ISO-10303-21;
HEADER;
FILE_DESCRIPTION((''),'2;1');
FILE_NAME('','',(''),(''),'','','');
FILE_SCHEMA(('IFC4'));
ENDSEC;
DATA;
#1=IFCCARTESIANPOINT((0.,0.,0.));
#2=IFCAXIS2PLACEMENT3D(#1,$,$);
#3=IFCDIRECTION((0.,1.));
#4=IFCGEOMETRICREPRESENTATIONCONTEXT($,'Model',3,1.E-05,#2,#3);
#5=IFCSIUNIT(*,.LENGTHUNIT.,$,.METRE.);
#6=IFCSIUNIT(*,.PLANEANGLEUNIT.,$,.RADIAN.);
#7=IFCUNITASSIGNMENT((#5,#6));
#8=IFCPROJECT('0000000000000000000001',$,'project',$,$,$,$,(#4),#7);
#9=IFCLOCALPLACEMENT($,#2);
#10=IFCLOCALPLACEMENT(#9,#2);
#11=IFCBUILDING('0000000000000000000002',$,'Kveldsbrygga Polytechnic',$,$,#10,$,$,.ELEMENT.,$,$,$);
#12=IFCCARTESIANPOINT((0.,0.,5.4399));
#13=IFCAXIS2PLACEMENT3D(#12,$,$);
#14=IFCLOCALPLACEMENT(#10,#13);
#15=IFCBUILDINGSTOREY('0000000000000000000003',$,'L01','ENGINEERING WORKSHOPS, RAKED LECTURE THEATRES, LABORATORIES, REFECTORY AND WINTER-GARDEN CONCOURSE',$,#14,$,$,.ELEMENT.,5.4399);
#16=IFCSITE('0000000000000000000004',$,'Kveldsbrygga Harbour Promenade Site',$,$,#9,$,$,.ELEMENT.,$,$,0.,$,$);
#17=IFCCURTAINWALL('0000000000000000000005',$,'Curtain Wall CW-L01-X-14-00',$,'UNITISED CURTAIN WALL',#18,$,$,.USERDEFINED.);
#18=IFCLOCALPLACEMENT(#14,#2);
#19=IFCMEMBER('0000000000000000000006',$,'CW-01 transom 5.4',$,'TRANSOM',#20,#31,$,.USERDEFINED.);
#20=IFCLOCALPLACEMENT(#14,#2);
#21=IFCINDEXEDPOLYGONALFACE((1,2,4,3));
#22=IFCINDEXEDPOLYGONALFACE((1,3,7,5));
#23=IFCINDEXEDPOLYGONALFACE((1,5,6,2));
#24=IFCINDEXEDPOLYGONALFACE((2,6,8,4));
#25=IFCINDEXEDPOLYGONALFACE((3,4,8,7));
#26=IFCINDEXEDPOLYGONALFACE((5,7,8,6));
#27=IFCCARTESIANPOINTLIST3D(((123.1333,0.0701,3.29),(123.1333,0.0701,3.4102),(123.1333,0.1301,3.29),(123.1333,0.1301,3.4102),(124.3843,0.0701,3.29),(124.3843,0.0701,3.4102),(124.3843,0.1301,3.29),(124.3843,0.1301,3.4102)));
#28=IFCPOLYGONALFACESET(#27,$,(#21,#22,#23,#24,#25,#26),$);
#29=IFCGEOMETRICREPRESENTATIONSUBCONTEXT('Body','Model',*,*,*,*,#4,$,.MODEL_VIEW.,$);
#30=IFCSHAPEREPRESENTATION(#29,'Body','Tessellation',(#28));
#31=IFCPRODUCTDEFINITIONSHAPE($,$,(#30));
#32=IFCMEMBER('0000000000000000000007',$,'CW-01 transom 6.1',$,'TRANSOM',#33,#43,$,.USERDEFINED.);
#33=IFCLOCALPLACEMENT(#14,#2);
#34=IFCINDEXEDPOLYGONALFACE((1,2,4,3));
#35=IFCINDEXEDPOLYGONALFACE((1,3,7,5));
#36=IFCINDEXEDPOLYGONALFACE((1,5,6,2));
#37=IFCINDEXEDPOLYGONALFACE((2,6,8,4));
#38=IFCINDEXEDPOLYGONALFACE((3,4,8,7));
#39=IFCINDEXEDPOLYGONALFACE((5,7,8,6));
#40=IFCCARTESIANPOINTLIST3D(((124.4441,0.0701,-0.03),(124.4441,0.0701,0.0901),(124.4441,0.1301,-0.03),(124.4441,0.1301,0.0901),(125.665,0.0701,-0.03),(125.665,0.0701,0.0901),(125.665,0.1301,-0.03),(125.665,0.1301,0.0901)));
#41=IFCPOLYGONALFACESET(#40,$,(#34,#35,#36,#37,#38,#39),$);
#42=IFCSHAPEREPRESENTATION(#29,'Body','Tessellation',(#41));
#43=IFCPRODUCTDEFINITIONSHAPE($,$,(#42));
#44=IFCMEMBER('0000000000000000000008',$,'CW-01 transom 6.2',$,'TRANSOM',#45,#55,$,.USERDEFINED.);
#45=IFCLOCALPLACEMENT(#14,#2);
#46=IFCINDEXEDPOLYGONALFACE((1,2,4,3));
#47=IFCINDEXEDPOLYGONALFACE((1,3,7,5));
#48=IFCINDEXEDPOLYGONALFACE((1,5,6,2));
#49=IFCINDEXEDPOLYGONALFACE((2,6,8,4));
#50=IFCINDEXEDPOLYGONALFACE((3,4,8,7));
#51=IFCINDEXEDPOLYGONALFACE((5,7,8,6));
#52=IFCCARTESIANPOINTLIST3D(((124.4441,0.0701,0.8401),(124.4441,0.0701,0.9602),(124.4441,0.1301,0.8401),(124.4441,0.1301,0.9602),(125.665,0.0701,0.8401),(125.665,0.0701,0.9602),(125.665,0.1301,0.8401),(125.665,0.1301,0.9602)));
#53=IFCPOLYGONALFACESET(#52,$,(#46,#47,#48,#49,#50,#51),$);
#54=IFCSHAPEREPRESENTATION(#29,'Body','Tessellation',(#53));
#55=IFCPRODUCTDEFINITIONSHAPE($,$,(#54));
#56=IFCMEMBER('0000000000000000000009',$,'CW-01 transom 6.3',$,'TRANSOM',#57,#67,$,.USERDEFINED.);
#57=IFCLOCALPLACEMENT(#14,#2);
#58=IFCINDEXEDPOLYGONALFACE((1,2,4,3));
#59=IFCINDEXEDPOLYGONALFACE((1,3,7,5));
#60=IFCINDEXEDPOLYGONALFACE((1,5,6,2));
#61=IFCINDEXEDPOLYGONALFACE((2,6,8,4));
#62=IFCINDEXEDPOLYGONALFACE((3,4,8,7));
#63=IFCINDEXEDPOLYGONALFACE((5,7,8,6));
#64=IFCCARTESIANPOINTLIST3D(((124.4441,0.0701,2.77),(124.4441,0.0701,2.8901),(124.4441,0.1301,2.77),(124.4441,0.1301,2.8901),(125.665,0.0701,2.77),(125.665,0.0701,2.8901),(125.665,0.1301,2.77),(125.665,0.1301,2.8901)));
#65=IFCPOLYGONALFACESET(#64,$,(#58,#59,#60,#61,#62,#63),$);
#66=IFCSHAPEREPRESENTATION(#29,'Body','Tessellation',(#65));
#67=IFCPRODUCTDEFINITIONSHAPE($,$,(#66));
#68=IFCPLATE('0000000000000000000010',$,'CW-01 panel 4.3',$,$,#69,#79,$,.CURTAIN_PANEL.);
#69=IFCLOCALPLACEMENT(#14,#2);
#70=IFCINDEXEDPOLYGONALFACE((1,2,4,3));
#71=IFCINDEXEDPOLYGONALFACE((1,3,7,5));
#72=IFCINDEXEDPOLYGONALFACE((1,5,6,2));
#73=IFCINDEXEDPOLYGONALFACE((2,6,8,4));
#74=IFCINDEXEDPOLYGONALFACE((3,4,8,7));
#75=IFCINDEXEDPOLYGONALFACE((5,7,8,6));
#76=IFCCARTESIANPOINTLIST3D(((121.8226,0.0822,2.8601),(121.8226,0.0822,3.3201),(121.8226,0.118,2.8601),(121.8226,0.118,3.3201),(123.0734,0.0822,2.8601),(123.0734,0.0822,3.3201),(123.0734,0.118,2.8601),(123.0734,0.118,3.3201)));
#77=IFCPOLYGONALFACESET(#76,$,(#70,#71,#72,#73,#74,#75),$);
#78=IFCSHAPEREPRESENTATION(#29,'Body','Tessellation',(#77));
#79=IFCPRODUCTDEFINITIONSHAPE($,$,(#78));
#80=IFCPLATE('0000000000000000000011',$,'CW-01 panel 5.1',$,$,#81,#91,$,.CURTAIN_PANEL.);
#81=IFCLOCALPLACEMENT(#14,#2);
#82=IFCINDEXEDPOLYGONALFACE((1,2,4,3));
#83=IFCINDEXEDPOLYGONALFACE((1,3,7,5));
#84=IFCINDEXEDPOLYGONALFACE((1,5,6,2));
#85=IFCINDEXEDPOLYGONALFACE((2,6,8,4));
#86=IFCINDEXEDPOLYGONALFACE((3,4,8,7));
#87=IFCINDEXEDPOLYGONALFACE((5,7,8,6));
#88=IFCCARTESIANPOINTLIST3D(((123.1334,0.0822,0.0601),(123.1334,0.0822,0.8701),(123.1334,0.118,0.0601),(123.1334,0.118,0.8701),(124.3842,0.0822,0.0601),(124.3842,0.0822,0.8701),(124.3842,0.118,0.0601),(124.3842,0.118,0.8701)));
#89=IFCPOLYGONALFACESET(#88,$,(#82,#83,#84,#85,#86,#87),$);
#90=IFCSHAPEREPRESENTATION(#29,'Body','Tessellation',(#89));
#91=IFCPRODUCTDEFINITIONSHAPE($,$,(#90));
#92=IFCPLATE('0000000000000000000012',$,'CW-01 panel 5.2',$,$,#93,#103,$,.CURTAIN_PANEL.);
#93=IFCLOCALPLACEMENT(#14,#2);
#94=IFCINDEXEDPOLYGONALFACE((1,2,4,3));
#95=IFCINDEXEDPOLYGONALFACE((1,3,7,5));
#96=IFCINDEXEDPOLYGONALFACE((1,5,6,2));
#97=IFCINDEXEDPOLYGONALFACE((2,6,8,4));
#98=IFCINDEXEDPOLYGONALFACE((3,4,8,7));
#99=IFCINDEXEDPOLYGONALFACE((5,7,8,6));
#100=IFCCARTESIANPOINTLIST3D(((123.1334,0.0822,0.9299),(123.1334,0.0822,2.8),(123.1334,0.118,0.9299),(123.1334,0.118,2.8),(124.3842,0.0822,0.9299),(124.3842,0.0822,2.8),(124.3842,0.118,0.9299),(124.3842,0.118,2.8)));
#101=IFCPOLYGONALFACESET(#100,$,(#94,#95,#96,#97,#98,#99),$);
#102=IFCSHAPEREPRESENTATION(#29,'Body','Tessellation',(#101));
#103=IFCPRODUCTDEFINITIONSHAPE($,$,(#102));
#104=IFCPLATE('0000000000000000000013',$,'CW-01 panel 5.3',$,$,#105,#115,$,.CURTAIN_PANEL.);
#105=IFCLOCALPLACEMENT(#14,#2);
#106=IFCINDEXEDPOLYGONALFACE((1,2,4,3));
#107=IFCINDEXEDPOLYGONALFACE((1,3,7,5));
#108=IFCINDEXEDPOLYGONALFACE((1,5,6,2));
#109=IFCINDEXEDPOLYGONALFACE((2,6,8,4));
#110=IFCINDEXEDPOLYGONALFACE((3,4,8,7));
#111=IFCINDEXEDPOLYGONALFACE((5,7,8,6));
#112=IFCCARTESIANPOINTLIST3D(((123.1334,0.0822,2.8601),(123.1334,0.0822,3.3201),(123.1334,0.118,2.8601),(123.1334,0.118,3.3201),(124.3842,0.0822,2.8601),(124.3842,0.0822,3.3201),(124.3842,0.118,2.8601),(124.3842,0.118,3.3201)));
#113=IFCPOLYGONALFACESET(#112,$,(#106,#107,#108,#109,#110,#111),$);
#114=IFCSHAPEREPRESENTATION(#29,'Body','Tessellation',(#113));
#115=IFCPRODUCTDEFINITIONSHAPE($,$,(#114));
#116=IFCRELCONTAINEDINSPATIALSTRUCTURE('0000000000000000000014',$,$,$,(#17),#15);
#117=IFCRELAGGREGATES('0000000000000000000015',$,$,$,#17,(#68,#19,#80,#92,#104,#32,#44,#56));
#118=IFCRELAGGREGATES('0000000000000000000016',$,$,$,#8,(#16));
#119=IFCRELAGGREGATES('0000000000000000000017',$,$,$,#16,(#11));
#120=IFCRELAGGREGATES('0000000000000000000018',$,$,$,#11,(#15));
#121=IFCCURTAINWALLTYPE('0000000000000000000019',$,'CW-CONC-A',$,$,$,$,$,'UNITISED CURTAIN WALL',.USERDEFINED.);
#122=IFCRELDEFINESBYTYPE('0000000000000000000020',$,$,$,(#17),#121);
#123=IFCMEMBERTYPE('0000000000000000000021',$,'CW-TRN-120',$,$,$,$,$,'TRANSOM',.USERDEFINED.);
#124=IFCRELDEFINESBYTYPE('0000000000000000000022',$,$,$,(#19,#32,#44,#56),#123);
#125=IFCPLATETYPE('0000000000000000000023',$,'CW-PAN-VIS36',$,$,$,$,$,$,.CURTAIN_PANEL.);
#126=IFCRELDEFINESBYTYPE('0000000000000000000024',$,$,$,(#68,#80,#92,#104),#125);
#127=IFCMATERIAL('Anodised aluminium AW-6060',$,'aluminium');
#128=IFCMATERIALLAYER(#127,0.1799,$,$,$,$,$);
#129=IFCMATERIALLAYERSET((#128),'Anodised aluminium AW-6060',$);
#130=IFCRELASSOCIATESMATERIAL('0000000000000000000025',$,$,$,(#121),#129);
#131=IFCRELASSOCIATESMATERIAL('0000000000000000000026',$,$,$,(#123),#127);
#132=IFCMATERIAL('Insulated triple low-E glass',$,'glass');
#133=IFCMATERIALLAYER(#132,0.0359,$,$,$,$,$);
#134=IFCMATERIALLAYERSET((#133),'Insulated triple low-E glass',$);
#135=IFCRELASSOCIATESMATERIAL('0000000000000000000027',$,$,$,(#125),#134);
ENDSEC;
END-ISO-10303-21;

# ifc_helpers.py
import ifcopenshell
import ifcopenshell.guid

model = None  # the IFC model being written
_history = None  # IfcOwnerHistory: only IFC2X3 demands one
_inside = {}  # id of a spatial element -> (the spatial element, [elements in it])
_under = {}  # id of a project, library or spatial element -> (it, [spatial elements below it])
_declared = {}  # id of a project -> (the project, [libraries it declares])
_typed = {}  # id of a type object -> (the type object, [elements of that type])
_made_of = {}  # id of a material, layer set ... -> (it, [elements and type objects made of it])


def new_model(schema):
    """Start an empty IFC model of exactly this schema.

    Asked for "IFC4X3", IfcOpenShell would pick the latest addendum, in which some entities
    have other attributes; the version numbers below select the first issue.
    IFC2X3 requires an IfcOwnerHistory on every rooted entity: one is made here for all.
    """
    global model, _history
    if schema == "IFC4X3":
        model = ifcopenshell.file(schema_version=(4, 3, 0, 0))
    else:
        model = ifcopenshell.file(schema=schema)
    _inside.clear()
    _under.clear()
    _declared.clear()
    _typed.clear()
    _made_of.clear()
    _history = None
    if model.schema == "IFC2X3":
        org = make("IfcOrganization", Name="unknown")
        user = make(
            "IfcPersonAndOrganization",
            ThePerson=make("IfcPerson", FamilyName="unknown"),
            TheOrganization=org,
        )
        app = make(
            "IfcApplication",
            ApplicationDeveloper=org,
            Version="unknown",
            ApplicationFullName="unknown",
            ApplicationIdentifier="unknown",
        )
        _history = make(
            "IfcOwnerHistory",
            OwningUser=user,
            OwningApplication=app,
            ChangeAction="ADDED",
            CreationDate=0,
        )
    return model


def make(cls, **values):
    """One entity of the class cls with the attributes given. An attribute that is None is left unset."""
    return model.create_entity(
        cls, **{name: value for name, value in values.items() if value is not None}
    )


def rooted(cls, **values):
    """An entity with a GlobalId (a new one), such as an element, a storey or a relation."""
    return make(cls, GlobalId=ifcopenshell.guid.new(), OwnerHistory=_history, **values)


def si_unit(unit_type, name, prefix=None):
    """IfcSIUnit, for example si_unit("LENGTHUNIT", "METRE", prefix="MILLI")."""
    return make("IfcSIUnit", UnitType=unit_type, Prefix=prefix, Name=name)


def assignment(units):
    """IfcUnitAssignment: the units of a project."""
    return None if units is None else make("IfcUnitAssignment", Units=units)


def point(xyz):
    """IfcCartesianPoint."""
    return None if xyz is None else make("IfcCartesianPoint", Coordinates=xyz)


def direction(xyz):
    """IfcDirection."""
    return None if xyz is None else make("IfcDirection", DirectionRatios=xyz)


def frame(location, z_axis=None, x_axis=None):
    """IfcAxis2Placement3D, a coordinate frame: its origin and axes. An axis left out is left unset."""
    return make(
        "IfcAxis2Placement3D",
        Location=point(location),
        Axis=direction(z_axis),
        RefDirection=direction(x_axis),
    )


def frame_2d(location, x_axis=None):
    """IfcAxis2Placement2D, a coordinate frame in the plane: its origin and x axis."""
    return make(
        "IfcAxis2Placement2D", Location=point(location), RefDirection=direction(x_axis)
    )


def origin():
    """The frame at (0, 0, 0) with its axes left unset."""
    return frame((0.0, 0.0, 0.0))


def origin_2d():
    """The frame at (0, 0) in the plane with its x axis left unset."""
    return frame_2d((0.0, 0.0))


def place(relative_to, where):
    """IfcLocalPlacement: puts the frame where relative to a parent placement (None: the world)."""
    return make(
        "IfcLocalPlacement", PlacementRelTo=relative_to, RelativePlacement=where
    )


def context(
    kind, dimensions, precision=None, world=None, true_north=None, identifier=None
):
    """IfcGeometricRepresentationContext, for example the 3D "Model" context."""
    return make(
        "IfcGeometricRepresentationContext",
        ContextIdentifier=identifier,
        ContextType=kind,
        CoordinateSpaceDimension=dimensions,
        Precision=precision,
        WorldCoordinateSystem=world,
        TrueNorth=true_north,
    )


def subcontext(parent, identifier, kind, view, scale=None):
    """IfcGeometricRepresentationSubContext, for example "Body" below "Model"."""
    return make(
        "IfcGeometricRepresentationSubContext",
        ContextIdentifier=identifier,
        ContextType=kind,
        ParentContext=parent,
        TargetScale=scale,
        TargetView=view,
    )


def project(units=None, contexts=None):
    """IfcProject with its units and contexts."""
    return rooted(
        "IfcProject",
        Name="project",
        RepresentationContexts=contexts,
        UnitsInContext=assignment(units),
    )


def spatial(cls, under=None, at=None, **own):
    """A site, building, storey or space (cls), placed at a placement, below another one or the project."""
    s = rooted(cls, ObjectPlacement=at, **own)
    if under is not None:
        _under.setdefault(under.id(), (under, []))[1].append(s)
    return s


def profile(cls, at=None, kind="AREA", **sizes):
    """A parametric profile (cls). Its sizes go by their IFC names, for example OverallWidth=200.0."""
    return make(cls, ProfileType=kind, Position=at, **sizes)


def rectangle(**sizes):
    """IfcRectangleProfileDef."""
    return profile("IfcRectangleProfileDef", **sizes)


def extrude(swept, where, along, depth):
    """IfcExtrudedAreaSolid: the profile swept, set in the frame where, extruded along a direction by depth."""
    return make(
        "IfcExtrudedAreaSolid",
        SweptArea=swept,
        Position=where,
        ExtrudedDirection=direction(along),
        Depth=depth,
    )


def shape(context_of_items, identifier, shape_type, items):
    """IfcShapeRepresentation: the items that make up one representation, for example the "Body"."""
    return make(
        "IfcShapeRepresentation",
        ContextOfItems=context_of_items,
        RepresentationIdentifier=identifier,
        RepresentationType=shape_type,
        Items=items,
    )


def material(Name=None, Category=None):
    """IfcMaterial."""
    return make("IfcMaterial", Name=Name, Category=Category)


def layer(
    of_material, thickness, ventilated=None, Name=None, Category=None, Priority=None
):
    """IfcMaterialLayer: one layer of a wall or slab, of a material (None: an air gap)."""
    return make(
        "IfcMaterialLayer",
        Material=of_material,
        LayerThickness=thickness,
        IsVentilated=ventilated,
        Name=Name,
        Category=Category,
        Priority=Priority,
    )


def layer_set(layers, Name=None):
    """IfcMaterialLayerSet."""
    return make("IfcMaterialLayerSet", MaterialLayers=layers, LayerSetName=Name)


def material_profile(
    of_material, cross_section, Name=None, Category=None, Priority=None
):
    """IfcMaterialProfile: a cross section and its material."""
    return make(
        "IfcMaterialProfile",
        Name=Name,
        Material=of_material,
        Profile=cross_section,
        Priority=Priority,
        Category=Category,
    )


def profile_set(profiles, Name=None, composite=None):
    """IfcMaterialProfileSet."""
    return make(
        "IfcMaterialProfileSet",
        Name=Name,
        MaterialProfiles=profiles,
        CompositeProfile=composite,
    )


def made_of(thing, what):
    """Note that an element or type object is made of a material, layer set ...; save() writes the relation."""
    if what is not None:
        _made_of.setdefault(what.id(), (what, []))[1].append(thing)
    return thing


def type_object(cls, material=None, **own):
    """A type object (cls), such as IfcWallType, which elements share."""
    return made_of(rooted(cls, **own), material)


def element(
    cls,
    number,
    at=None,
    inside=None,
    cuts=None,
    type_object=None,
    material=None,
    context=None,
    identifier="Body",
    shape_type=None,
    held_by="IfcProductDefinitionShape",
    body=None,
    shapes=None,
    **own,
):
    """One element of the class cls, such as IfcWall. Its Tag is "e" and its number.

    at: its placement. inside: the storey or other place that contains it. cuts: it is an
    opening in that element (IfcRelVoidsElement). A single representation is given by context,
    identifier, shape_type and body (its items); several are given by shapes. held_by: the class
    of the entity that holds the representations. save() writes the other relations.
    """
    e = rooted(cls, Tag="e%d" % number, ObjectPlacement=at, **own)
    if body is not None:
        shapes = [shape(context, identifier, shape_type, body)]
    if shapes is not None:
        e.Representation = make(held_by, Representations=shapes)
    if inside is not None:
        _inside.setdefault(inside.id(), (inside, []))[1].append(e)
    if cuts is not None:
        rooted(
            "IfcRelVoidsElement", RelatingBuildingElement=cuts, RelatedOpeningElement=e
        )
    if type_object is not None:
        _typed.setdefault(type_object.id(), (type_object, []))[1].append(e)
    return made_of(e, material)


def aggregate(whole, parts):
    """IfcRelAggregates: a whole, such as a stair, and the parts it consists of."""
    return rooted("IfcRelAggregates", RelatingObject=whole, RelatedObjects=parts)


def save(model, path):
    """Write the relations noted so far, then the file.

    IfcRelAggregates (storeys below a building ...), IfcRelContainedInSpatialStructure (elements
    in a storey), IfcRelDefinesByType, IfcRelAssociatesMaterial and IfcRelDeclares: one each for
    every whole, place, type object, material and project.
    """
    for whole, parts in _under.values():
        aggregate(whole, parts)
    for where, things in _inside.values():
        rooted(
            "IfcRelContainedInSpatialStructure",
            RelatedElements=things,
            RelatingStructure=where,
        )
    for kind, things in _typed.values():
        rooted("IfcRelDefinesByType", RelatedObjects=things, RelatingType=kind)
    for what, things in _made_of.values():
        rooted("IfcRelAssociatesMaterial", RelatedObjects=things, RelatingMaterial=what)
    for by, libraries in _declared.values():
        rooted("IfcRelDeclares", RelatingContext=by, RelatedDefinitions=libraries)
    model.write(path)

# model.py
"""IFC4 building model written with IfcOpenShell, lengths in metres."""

from ifc_helpers import new_model, si_unit, direction, frame, origin, origin_2d, place, context, subcontext, project, spatial, rectangle, extrude, material, layer, layer_set, material_profile, profile_set, type_object, element, aggregate, save


model = new_model("IFC4")

# Units and contexts
model_context = context("Model", 3, precision=1e-05, world=origin(), true_north=direction((0.0, 1.0)))
body_context = subcontext(model_context, "Body", "Model", "MODEL_VIEW")
ifc_project = project(units=[si_unit("LENGTHUNIT", "METRE"), si_unit("PLANEANGLEUNIT", "RADIAN")], contexts=[model_context])

# Site, building, storey
site_placement = place(None, origin())
site = spatial("IfcSite", under=ifc_project, at=site_placement, Name="Kveldsbrygga Harbour Promenade Site", CompositionType="ELEMENT", RefElevation=0.0)
building_placement = place(site_placement, origin())
building = spatial("IfcBuilding", under=site, at=building_placement, Name="Kveldsbrygga Polytechnic", CompositionType="ELEMENT")
storey_placement = place(building_placement, frame((0.0, 0.0, 5.4399)))
storey = spatial("IfcBuildingStorey", under=building, at=storey_placement, Name="L01", Description="ENGINEERING WORKSHOPS, RAKED LECTURE THEATRES, LABORATORIES, REFECTORY AND WINTER-GARDEN CONCOURSE", CompositionType="ELEMENT", Elevation=5.4399)

# Curtain wall, members, plates
ifc_material_1 = material(Name="Anodised aluminium AW-6060", Category="aluminium")
ifc_layer_1 = layer(ifc_material_1, 0.1799)
ifc_layer_set_1 = layer_set([ifc_layer_1], Name="Anodised aluminium AW-6060")
curtain_wall_type = type_object("IfcCurtainWallType", Name="CW-CONC-A", ElementType="UNITISED CURTAIN WALL", PredefinedType="USERDEFINED", material=ifc_layer_set_1)
curtain_wall_placement = place(storey_placement, origin())
curtain_wall = element("IfcCurtainWall", 1, at=curtain_wall_placement, inside=storey, type_object=curtain_wall_type, Name="Curtain Wall CW-L01-X-14-00", ObjectType="UNITISED CURTAIN WALL", PredefinedType="USERDEFINED")
ifc_material_profile_1 = material_profile(ifc_material_1, rectangle(XDim=0.0601, YDim=0.1201, at=origin_2d()), Name="ALU 60x120")
ifc_profile_set_1 = profile_set([ifc_material_profile_1], Name="Anodised aluminium AW-6060")
member_type_1 = type_object("IfcMemberType", Name="CW-TRN-120", ElementType="TRANSOM", PredefinedType="USERDEFINED", material=ifc_profile_set_1)
member_1_placement = place(storey_placement, frame((123.1333, 0.1001, 3.3501), z_axis=(1.0, 0.0, 0.0), x_axis=(0.0, 1.0, 0.0)))
member_1 = element("IfcMember", 2, at=member_1_placement, type_object=member_type_1, Name="CW-01 transom 5.4", ObjectType="TRANSOM", PredefinedType="USERDEFINED", context=body_context, shape_type="SweptSolid", body=[
    extrude(rectangle(XDim=0.0601, YDim=0.1201, at=origin_2d()), origin(), (0.0, 0.0, 1.0), 1.251),
])
member_2_placement = place(storey_placement, frame((124.4441, 0.1001, 0.03), z_axis=(1.0, 0.0, 0.0), x_axis=(0.0, 1.0, 0.0)))
member_2 = element("IfcMember", 3, at=member_2_placement, type_object=member_type_1, Name="CW-01 transom 6.1", ObjectType="TRANSOM", PredefinedType="USERDEFINED", context=body_context, shape_type="SweptSolid", body=[
    extrude(rectangle(XDim=0.0601, YDim=0.1201, at=origin_2d()), origin(), (0.0, 0.0, 1.0), 1.2209),
])
member_3_placement = place(storey_placement, frame((124.4441, 0.1001, 0.9001), z_axis=(1.0, 0.0, 0.0), x_axis=(0.0, 1.0, 0.0)))
member_3 = element("IfcMember", 4, at=member_3_placement, type_object=member_type_1, Name="CW-01 transom 6.2", ObjectType="TRANSOM", PredefinedType="USERDEFINED", context=body_context, shape_type="SweptSolid", body=[
    extrude(rectangle(XDim=0.0601, YDim=0.1201, at=origin_2d()), origin(), (0.0, 0.0, 1.0), 1.2209),
])
member_4_placement = place(storey_placement, frame((124.4441, 0.1001, 2.8301), z_axis=(1.0, 0.0, 0.0), x_axis=(0.0, 1.0, 0.0)))
member_4 = element("IfcMember", 5, at=member_4_placement, type_object=member_type_1, Name="CW-01 transom 6.3", ObjectType="TRANSOM", PredefinedType="USERDEFINED", context=body_context, shape_type="SweptSolid", body=[
    extrude(rectangle(XDim=0.0601, YDim=0.1201, at=origin_2d()), origin(), (0.0, 0.0, 1.0), 1.2209),
])
ifc_material_2 = material(Name="Insulated triple low-E glass", Category="glass")
ifc_layer_2 = layer(ifc_material_2, 0.0359)
ifc_layer_set_2 = layer_set([ifc_layer_2], Name="Insulated triple low-E glass")
plate_type = type_object("IfcPlateType", Name="CW-PAN-VIS36", PredefinedType="CURTAIN_PANEL", material=ifc_layer_set_2)
plate_1_placement = place(storey_placement, frame((122.448, 0.1001, 2.8601), z_axis=(0.0, 0.0, 1.0), x_axis=(1.0, 0.0, 0.0)))
plate_1 = element("IfcPlate", 6, at=plate_1_placement, type_object=plate_type, Name="CW-01 panel 4.3", PredefinedType="CURTAIN_PANEL", context=body_context, shape_type="SweptSolid", body=[
    extrude(rectangle(XDim=1.2507, YDim=0.0359, at=origin_2d()), origin(), (0.0, 0.0, 1.0), 0.46),
])
plate_2_placement = place(storey_placement, frame((123.7588, 0.1001, 0.0601), z_axis=(0.0, 0.0, 1.0), x_axis=(1.0, 0.0, 0.0)))
plate_2 = element("IfcPlate", 7, at=plate_2_placement, type_object=plate_type, Name="CW-01 panel 5.1", PredefinedType="CURTAIN_PANEL", context=body_context, shape_type="SweptSolid", body=[
    extrude(rectangle(XDim=1.2507, YDim=0.0359, at=origin_2d()), origin(), (0.0, 0.0, 1.0), 0.8101),
])
plate_3_placement = place(storey_placement, frame((123.7588, 0.1001, 0.9299), z_axis=(0.0, 0.0, 1.0), x_axis=(1.0, 0.0, 0.0)))
plate_3 = element("IfcPlate", 8, at=plate_3_placement, type_object=plate_type, Name="CW-01 panel 5.2", PredefinedType="CURTAIN_PANEL", context=body_context, shape_type="SweptSolid", body=[
    extrude(rectangle(XDim=1.2507, YDim=0.0359, at=origin_2d()), origin(), (0.0, 0.0, 1.0), 1.8701),
])
plate_4_placement = place(storey_placement, frame((123.7588, 0.1001, 2.8601), z_axis=(0.0, 0.0, 1.0), x_axis=(1.0, 0.0, 0.0)))
plate_4 = element("IfcPlate", 9, at=plate_4_placement, type_object=plate_type, Name="CW-01 panel 5.3", PredefinedType="CURTAIN_PANEL", context=body_context, shape_type="SweptSolid", body=[
    extrude(rectangle(XDim=1.2507, YDim=0.0359, at=origin_2d()), origin(), (0.0, 0.0, 1.0), 0.46),
])
aggregate(curtain_wall, [plate_1, member_1, plate_2, plate_3, plate_4, member_2, member_3, member_4])

save(model, "model.ifc")
